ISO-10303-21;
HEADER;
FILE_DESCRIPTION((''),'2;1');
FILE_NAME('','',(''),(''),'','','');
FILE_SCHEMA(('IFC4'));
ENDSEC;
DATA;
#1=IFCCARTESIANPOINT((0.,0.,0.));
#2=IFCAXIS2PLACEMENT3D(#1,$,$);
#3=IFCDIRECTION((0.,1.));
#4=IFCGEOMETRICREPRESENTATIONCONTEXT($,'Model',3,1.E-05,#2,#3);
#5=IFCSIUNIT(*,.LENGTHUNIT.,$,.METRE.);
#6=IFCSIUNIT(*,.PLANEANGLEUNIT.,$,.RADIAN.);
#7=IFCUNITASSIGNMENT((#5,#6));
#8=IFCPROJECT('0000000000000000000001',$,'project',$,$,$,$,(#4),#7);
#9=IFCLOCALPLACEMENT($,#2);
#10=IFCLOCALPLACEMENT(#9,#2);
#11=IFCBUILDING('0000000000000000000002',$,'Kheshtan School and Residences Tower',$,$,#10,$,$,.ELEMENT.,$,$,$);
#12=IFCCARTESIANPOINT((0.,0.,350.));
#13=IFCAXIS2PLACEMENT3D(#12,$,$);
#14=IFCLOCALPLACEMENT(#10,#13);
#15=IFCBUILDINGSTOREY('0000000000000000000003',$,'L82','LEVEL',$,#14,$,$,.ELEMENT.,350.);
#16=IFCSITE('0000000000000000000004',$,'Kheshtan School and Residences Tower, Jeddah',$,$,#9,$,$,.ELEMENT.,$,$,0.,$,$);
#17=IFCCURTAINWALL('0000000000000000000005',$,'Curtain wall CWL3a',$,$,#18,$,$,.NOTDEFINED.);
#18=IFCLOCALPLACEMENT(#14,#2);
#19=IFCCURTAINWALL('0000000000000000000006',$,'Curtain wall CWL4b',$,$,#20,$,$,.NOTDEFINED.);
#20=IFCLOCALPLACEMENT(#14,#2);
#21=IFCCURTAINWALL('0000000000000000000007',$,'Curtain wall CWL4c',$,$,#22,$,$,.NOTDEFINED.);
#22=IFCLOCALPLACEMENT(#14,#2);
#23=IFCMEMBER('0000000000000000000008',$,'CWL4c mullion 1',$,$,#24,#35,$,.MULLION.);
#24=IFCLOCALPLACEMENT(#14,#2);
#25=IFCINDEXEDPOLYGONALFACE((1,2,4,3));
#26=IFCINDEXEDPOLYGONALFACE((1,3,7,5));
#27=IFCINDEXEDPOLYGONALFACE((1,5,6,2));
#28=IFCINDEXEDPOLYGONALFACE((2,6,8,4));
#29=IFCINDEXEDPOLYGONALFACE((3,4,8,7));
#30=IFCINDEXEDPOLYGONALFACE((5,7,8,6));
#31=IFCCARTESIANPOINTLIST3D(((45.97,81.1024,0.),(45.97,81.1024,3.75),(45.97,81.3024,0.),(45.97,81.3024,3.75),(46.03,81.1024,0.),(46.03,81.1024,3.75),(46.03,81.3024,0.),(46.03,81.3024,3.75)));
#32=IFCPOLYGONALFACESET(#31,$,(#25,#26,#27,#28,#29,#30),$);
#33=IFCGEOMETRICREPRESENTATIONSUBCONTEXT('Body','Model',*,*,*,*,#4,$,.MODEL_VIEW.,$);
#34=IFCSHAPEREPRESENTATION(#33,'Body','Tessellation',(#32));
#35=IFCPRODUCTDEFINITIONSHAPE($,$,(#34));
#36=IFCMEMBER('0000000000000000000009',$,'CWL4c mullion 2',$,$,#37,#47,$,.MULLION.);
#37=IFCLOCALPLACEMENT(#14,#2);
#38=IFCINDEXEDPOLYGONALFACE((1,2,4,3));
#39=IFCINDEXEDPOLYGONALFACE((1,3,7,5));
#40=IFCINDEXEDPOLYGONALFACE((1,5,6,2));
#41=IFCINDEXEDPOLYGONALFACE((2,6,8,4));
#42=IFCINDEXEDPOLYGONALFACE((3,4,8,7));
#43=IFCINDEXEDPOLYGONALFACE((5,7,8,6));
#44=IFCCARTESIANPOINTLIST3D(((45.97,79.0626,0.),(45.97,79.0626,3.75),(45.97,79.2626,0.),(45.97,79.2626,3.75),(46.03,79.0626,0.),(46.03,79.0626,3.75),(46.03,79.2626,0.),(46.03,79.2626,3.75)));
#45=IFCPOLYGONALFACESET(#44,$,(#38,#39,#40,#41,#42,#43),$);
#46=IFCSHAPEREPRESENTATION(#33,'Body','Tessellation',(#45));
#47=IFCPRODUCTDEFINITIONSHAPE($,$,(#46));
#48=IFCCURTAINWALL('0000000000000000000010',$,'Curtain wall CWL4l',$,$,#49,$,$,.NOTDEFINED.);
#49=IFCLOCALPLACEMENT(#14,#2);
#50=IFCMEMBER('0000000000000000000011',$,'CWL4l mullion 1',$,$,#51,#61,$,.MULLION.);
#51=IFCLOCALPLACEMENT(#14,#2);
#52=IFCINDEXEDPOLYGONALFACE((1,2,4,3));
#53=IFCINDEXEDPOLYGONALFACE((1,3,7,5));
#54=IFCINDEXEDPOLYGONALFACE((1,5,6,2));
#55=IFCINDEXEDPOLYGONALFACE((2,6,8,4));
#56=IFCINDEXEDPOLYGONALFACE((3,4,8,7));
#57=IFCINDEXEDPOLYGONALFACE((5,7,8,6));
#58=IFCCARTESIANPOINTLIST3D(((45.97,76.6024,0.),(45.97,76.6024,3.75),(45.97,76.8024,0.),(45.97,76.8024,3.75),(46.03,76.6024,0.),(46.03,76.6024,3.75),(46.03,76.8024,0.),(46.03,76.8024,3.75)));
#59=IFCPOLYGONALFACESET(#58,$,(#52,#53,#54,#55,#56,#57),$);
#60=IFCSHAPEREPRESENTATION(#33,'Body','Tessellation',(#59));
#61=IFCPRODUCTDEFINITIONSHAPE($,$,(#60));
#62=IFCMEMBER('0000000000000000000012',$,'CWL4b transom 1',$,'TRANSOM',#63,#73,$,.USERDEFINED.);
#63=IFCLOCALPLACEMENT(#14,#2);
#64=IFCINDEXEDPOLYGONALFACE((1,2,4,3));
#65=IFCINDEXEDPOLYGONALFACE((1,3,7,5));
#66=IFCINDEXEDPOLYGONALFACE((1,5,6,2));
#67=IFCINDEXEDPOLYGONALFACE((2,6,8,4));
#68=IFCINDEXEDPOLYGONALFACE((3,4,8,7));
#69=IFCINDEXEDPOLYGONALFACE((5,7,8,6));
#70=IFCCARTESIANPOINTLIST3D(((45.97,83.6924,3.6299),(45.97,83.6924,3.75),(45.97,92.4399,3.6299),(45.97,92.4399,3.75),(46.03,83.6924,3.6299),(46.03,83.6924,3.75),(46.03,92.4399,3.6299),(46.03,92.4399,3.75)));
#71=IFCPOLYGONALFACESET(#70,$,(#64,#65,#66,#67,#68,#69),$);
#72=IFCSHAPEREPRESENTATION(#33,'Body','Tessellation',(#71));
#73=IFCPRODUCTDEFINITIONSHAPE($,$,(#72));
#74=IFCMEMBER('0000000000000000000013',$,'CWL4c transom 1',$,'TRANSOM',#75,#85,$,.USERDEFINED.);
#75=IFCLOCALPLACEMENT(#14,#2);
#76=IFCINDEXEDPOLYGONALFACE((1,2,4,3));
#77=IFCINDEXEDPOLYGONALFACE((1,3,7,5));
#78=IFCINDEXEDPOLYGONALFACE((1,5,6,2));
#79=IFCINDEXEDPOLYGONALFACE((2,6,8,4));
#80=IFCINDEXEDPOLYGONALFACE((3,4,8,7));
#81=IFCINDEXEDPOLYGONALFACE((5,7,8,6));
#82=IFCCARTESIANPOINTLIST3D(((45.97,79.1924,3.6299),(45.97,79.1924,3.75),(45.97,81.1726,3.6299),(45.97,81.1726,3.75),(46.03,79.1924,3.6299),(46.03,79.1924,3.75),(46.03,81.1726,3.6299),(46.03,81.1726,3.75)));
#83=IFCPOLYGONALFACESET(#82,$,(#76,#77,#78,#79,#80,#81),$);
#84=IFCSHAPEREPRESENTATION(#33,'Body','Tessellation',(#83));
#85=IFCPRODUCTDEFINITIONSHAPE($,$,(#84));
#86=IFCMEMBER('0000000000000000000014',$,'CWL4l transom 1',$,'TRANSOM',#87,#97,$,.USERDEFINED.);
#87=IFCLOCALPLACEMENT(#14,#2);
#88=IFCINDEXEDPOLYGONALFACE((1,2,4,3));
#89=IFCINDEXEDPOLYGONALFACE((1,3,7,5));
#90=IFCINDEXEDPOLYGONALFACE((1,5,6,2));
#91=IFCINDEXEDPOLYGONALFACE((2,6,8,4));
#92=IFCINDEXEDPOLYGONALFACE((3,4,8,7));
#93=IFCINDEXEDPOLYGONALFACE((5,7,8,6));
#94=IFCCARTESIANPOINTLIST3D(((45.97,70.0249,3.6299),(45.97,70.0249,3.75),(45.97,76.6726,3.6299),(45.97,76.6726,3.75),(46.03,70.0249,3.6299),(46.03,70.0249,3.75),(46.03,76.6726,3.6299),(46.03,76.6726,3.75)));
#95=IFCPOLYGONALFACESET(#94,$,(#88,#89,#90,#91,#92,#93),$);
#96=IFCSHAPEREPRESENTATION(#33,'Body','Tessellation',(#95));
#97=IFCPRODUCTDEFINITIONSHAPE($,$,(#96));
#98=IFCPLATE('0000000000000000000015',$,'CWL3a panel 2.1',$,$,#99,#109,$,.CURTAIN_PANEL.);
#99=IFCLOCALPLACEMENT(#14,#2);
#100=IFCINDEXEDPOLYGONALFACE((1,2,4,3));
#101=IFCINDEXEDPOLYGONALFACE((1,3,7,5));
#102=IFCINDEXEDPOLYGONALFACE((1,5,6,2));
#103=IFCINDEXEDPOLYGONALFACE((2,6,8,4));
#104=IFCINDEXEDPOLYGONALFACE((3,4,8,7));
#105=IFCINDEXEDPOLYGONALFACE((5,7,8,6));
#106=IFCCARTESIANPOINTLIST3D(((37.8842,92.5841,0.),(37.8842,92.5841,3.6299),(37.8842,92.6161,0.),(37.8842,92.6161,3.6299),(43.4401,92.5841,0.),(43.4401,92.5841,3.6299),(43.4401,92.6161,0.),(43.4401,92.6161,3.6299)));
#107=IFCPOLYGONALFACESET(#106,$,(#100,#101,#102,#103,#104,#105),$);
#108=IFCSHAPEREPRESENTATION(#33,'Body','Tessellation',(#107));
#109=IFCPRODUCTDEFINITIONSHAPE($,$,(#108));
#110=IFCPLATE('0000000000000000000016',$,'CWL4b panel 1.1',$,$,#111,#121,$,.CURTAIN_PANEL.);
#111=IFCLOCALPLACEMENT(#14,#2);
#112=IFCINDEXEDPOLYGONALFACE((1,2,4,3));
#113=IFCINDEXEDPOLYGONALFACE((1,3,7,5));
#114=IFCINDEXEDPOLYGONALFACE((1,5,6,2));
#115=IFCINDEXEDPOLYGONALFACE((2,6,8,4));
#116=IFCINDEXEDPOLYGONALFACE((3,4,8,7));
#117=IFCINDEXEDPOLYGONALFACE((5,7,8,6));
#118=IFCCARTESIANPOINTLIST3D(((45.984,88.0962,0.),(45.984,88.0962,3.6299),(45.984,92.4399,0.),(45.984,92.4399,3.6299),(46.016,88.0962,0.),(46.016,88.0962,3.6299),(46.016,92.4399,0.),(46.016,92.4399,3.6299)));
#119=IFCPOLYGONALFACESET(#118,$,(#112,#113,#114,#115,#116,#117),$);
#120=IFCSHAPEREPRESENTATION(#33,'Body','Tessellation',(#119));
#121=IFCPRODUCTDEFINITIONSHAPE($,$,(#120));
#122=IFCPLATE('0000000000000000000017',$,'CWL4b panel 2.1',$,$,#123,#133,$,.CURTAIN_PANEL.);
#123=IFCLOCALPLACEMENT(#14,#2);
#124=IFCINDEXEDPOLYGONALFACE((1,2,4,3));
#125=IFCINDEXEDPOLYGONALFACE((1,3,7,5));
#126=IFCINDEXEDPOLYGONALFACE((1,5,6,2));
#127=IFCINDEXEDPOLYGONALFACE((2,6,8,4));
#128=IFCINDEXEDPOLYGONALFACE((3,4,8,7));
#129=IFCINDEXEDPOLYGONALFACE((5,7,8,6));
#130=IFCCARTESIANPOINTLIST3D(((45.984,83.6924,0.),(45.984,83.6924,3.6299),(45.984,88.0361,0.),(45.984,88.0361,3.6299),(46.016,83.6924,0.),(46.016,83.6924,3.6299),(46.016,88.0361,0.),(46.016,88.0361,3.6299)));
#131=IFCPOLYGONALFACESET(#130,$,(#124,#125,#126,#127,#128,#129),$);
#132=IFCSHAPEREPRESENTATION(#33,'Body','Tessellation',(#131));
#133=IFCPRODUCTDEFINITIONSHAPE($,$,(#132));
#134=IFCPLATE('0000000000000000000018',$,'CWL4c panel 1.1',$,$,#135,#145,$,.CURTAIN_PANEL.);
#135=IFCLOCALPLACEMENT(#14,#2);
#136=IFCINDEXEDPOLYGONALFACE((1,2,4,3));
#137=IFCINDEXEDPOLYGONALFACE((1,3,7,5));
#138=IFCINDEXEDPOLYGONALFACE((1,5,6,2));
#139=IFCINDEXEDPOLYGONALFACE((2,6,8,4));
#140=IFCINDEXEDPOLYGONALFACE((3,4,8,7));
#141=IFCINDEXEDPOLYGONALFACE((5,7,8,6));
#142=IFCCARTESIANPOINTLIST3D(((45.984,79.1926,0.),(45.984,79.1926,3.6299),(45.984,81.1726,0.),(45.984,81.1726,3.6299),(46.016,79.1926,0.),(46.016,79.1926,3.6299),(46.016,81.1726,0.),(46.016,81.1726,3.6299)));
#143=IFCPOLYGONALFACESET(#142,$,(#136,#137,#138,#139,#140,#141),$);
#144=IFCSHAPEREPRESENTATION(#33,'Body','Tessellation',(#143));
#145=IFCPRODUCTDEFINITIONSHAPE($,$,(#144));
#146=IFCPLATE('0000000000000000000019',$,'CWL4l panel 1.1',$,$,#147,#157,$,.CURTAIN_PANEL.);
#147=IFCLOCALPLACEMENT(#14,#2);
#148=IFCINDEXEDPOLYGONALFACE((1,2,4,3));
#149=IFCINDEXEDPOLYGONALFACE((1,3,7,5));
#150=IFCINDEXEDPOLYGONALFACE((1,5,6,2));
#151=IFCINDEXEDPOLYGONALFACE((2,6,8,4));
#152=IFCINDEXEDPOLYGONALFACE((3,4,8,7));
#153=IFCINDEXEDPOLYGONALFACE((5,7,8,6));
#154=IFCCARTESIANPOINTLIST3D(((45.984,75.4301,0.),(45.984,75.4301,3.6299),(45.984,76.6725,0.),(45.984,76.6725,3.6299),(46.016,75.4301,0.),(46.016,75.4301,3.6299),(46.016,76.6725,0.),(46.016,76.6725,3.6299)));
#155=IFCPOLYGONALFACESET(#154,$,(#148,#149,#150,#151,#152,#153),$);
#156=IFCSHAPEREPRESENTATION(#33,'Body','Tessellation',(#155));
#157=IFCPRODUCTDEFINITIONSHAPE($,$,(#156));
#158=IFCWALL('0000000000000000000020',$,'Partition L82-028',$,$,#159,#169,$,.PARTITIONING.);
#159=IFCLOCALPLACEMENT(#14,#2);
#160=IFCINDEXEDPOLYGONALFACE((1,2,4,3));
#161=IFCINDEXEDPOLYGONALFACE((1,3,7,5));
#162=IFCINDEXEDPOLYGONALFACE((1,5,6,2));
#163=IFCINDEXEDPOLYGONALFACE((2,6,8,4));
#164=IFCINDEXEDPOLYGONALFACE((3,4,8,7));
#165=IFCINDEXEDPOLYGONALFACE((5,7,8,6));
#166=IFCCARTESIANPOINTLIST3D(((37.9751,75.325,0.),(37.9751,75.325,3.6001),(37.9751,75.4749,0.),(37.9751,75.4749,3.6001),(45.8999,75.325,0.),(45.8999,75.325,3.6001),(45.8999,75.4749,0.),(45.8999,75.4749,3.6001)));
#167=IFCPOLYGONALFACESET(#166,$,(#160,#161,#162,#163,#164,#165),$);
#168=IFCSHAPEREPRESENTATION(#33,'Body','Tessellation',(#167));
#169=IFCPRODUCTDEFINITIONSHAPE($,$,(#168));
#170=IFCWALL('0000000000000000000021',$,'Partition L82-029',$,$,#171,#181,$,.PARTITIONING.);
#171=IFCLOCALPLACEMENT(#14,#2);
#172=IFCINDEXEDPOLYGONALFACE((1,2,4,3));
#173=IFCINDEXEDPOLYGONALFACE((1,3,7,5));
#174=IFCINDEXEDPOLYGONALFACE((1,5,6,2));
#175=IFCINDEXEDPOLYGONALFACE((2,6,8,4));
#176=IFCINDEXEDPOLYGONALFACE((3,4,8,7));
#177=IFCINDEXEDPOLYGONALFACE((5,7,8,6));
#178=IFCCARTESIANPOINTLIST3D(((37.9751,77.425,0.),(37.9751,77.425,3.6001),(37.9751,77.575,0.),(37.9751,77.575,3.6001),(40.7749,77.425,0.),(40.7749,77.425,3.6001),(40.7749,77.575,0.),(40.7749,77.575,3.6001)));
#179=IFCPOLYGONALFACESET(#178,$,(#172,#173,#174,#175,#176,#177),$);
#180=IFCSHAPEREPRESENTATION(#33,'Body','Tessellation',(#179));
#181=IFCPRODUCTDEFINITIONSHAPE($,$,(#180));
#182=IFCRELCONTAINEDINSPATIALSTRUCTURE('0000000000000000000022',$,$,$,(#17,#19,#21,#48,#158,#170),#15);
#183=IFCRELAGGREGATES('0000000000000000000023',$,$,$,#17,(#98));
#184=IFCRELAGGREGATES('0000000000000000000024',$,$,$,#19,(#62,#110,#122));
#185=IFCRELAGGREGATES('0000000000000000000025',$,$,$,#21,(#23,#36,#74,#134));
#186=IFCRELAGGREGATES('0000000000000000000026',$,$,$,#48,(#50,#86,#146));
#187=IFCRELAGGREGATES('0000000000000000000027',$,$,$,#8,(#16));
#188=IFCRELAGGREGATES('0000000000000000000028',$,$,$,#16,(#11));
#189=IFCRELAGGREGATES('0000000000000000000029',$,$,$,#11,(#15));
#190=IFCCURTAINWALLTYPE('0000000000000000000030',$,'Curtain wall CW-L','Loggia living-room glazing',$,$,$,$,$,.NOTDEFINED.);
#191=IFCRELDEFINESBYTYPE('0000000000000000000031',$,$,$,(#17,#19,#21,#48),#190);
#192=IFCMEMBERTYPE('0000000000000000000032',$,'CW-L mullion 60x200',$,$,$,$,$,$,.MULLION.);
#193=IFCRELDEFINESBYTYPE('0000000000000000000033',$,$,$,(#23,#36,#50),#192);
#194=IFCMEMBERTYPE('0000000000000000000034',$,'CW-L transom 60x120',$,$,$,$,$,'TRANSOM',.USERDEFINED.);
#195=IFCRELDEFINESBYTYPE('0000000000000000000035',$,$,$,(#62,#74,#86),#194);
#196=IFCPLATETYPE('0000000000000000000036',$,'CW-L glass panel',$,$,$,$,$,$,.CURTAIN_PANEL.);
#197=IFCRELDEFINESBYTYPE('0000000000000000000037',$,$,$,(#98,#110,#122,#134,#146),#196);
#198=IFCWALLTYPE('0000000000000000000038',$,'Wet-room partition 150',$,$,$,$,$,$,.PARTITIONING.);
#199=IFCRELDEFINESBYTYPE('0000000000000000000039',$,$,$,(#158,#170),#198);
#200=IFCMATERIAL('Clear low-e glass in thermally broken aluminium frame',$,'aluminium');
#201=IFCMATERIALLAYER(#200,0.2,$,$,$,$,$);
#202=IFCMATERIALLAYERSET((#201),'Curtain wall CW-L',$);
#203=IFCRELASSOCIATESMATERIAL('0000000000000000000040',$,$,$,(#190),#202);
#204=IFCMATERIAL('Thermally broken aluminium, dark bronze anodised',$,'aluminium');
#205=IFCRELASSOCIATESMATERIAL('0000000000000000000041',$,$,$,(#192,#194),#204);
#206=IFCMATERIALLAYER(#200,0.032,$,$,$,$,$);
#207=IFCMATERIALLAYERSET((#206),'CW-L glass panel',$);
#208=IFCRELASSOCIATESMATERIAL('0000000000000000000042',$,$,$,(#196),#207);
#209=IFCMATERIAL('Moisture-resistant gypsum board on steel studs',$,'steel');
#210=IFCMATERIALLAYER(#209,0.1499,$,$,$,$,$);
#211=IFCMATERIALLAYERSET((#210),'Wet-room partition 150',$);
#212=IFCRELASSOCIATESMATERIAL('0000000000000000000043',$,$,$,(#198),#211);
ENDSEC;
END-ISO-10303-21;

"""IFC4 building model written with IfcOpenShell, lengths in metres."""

from ifc_helpers import new_model, si_unit, direction, frame, frame_2d, origin, origin_2d, place, context, subcontext, project, spatial, rectangle, extrude, material, layer, layer_set, material_profile, profile_set, type_object, element, aggregate, save


model = new_model("IFC4")

# Units and contexts
model_context = context("Model", 3, precision=1e-05, world=origin(), true_north=direction((0.0, 1.0)))
body_context = subcontext(model_context, "Body", "Model", "MODEL_VIEW")
ifc_project = project(units=[si_unit("LENGTHUNIT", "METRE"), si_unit("PLANEANGLEUNIT", "RADIAN")], contexts=[model_context])

# Site, building, storey
site_placement = place(None, origin())
site = spatial("IfcSite", under=ifc_project, at=site_placement, Name="Kheshtan School and Residences Tower, Jeddah", CompositionType="ELEMENT", RefElevation=0.0)
building_placement = place(site_placement, origin())
building = spatial("IfcBuilding", under=site, at=building_placement, Name="Kheshtan School and Residences Tower", CompositionType="ELEMENT")
storey_placement = place(building_placement, frame((0.0, 0.0, 350.0)))
storey = spatial("IfcBuildingStorey", under=building, at=storey_placement, Name="L82", Description="LEVEL", CompositionType="ELEMENT", Elevation=350.0)

# Curtain wall
ifc_material_1 = material(Name="Clear low-e glass in thermally broken aluminium frame", Category="aluminium")
ifc_layer_1 = layer(ifc_material_1, 0.2)
ifc_layer_set_1 = layer_set([ifc_layer_1], Name="Curtain wall CW-L")
curtain_wall_type = type_object("IfcCurtainWallType", Name="Curtain wall CW-L", Description="Loggia living-room glazing", PredefinedType="NOTDEFINED", material=ifc_layer_set_1)
curtain_wall_1_placement = place(storey_placement, origin())
curtain_wall_1 = element("IfcCurtainWall", 1, at=curtain_wall_1_placement, inside=storey, type_object=curtain_wall_type, Name="Curtain wall CWL3a", PredefinedType="NOTDEFINED")
ifc_material_2 = material(Name="Thermally broken aluminium, dark bronze anodised", Category="aluminium")
ifc_material_profile_1 = material_profile(ifc_material_2, rectangle(XDim=0.0601, YDim=0.2, at=origin_2d()), Name="CW-L mullion 60x200")
ifc_profile_set_1 = profile_set([ifc_material_profile_1], Name="Thermally broken aluminium, dark bronze anodised")
member_type_1 = type_object("IfcMemberType", Name="CW-L mullion 60x200", PredefinedType="MULLION", material=ifc_profile_set_1)

# Curtain walls, members
curtain_wall_2_placement = place(storey_placement, origin())
curtain_wall_2 = element("IfcCurtainWall", 2, at=curtain_wall_2_placement, inside=storey, type_object=curtain_wall_type, Name="Curtain wall CWL4b", PredefinedType="NOTDEFINED")
curtain_wall_3_placement = place(storey_placement, origin())
curtain_wall_3 = element("IfcCurtainWall", 3, at=curtain_wall_3_placement, inside=storey, type_object=curtain_wall_type, Name="Curtain wall CWL4c", PredefinedType="NOTDEFINED")
member_1_placement = place(storey_placement, frame((46.0, 81.2024, 0.0), z_axis=(0.0, 0.0, 1.0), x_axis=(1.0, 0.0, 0.0)))
member_1 = element("IfcMember", 4, at=member_1_placement, type_object=member_type_1, Name="CWL4c mullion 1", PredefinedType="MULLION", context=body_context, shape_type="SweptSolid", body=[
    extrude(rectangle(XDim=0.0601, YDim=0.2, at=origin_2d()), origin(), (0.0, 0.0, 1.0), 3.75),
])
member_2_placement = place(storey_placement, frame((46.0, 79.1626, 0.0), z_axis=(0.0, 0.0, 1.0), x_axis=(1.0, 0.0, 0.0)))
member_2 = element("IfcMember", 5, at=member_2_placement, type_object=member_type_1, Name="CWL4c mullion 2", PredefinedType="MULLION", context=body_context, shape_type="SweptSolid", body=[
    extrude(rectangle(XDim=0.0601, YDim=0.2, at=origin_2d()), origin(), (0.0, 0.0, 1.0), 3.75),
])

# Curtain wall, member
curtain_wall_4_placement = place(storey_placement, origin())
curtain_wall_4 = element("IfcCurtainWall", 6, at=curtain_wall_4_placement, inside=storey, type_object=curtain_wall_type, Name="Curtain wall CWL4l", PredefinedType="NOTDEFINED")
member_3_placement = place(storey_placement, frame((46.0, 76.7024, 0.0), z_axis=(0.0, 0.0, 1.0), x_axis=(1.0, 0.0, 0.0)))
member_3 = element("IfcMember", 7, at=member_3_placement, type_object=member_type_1, Name="CWL4l mullion 1", PredefinedType="MULLION", context=body_context, shape_type="SweptSolid", body=[
    extrude(rectangle(XDim=0.0601, YDim=0.2, at=origin_2d()), origin(), (0.0, 0.0, 1.0), 3.75),
])

# Members
ifc_material_profile_2 = material_profile(ifc_material_2, rectangle(XDim=0.0601, YDim=0.1201, at=origin_2d()), Name="CW-L transom 60x120")
ifc_profile_set_2 = profile_set([ifc_material_profile_2], Name="Thermally broken aluminium, dark bronze anodised")
member_type_2 = type_object("IfcMemberType", Name="CW-L transom 60x120", ElementType="TRANSOM", PredefinedType="USERDEFINED", material=ifc_profile_set_2)
member_4_placement = place(storey_placement, frame((46.0, 92.4399, 3.6899), z_axis=(0.0, -1.0, 0.0), x_axis=(1.0, 0.0, 0.0)))
member_4 = element("IfcMember", 8, at=member_4_placement, type_object=member_type_2, Name="CWL4b transom 1", ObjectType="TRANSOM", PredefinedType="USERDEFINED", context=body_context, shape_type="SweptSolid", body=[
    extrude(rectangle(XDim=0.0601, YDim=0.1201, at=origin_2d()), origin(), (0.0, 0.0, 1.0), 8.7476),
])
member_5_placement = place(storey_placement, frame((46.0, 81.1726, 3.6899), z_axis=(0.0, -1.0, 0.0), x_axis=(1.0, 0.0, 0.0)))
member_5 = element("IfcMember", 9, at=member_5_placement, type_object=member_type_2, Name="CWL4c transom 1", ObjectType="TRANSOM", PredefinedType="USERDEFINED", context=body_context, shape_type="SweptSolid", body=[
    extrude(rectangle(XDim=0.0601, YDim=0.1201, at=origin_2d()), origin(), (0.0, 0.0, 1.0), 1.9802),
])
member_6_placement = place(storey_placement, frame((46.0, 76.6726, 3.6899), z_axis=(0.0, -1.0, 0.0), x_axis=(1.0, 0.0, 0.0)))
member_6 = element("IfcMember", 10, at=member_6_placement, type_object=member_type_2, Name="CWL4l transom 1", ObjectType="TRANSOM", PredefinedType="USERDEFINED", context=body_context, shape_type="SweptSolid", body=[
    extrude(rectangle(XDim=0.0601, YDim=0.1201, at=origin_2d()), origin(), (0.0, 0.0, 1.0), 6.6477),
])

# Plates
ifc_layer_2 = layer(ifc_material_1, 0.032)
ifc_layer_set_2 = layer_set([ifc_layer_2], Name="CW-L glass panel")
plate_type = type_object("IfcPlateType", Name="CW-L glass panel", PredefinedType="CURTAIN_PANEL", material=ifc_layer_set_2)
plate_1_placement = place(storey_placement, frame((40.6621, 92.6001, 0.0), z_axis=(0.0, 0.0, 1.0), x_axis=(1.0, 0.0, 0.0)))
plate_1 = element("IfcPlate", 11, at=plate_1_placement, type_object=plate_type, Name="CWL3a panel 2.1", PredefinedType="CURTAIN_PANEL", context=body_context, shape_type="SweptSolid", body=[
    extrude(rectangle(XDim=5.5559, YDim=0.032, at=origin_2d()), origin(), (0.0, 0.0, 1.0), 3.6299),
])
aggregate(curtain_wall_1, [plate_1])
plate_2_placement = place(storey_placement, frame((46.0, 90.2681, 0.0), z_axis=(0.0, 0.0, 1.0), x_axis=(0.0, -1.0, 0.0)))
plate_2 = element("IfcPlate", 12, at=plate_2_placement, type_object=plate_type, Name="CWL4b panel 1.1", PredefinedType="CURTAIN_PANEL", context=body_context, shape_type="SweptSolid", body=[
    extrude(rectangle(XDim=4.3438, YDim=0.032, at=origin_2d()), origin(), (0.0, 0.0, 1.0), 3.6299),
])
plate_3_placement = place(storey_placement, frame((46.0, 85.8643, 0.0), z_axis=(0.0, 0.0, 1.0), x_axis=(0.0, -1.0, 0.0)))
plate_3 = element("IfcPlate", 13, at=plate_3_placement, type_object=plate_type, Name="CWL4b panel 2.1", PredefinedType="CURTAIN_PANEL", context=body_context, shape_type="SweptSolid", body=[
    extrude(rectangle(XDim=4.3438, YDim=0.032, at=origin_2d()), origin(), (0.0, 0.0, 1.0), 3.6299),
])
aggregate(curtain_wall_2, [member_4, plate_2, plate_3])
plate_4_placement = place(storey_placement, frame((46.0, 80.1826, 0.0), z_axis=(0.0, 0.0, 1.0), x_axis=(0.0, -1.0, 0.0)))
plate_4 = element("IfcPlate", 14, at=plate_4_placement, type_object=plate_type, Name="CWL4c panel 1.1", PredefinedType="CURTAIN_PANEL", context=body_context, shape_type="SweptSolid", body=[
    extrude(rectangle(XDim=1.98, YDim=0.032, at=origin_2d()), origin(), (0.0, 0.0, 1.0), 3.6299),
])
aggregate(curtain_wall_3, [member_1, member_2, member_5, plate_4])
plate_5_placement = place(storey_placement, frame((46.0, 76.0513, 0.0), z_axis=(0.0, 0.0, 1.0), x_axis=(0.0, -1.0, 0.0)))
plate_5 = element("IfcPlate", 15, at=plate_5_placement, type_object=plate_type, Name="CWL4l panel 1.1", PredefinedType="CURTAIN_PANEL", context=body_context, shape_type="SweptSolid", body=[
    extrude(rectangle(XDim=1.2424, YDim=0.032, at=origin_2d()), origin(), (0.0, 0.0, 1.0), 3.6299),
])
aggregate(curtain_wall_4, [member_3, member_6, plate_5])

# Walls
ifc_material_3 = material(Name="Moisture-resistant gypsum board on steel studs", Category="steel")
ifc_layer_3 = layer(ifc_material_3, 0.1499)
ifc_layer_set_3 = layer_set([ifc_layer_3], Name="Wet-room partition 150")
wall_type_1 = type_object("IfcWallType", Name="Wet-room partition 150", PredefinedType="PARTITIONING", material=ifc_layer_set_3)
wall_1_placement = place(storey_placement, frame((37.9751, 75.3999, 0.0), z_axis=(0.0, 0.0, 1.0), x_axis=(1.0, 0.0, 0.0)))
element("IfcWall", 16, at=wall_1_placement, inside=storey, type_object=wall_type_1, Name="Partition L82-028", PredefinedType="PARTITIONING", context=body_context, shape_type="SweptSolid", body=[
    extrude(rectangle(XDim=7.9248, YDim=0.1499, at=frame_2d((3.9624, 0.0))), origin(), (0.0, 0.0, 1.0), 3.6001),
])
wall_2_placement = place(storey_placement, frame((37.9751, 77.5, 0.0), z_axis=(0.0, 0.0, 1.0), x_axis=(1.0, 0.0, 0.0)))
element("IfcWall", 17, at=wall_2_placement, inside=storey, type_object=wall_type_1, Name="Partition L82-029", PredefinedType="PARTITIONING", context=body_context, shape_type="SweptSolid", body=[
    extrude(rectangle(XDim=2.7998, YDim=0.1499, at=frame_2d((1.3999, 0.0))), origin(), (0.0, 0.0, 1.0), 3.6001),
])

save(model, "model.ifc")
